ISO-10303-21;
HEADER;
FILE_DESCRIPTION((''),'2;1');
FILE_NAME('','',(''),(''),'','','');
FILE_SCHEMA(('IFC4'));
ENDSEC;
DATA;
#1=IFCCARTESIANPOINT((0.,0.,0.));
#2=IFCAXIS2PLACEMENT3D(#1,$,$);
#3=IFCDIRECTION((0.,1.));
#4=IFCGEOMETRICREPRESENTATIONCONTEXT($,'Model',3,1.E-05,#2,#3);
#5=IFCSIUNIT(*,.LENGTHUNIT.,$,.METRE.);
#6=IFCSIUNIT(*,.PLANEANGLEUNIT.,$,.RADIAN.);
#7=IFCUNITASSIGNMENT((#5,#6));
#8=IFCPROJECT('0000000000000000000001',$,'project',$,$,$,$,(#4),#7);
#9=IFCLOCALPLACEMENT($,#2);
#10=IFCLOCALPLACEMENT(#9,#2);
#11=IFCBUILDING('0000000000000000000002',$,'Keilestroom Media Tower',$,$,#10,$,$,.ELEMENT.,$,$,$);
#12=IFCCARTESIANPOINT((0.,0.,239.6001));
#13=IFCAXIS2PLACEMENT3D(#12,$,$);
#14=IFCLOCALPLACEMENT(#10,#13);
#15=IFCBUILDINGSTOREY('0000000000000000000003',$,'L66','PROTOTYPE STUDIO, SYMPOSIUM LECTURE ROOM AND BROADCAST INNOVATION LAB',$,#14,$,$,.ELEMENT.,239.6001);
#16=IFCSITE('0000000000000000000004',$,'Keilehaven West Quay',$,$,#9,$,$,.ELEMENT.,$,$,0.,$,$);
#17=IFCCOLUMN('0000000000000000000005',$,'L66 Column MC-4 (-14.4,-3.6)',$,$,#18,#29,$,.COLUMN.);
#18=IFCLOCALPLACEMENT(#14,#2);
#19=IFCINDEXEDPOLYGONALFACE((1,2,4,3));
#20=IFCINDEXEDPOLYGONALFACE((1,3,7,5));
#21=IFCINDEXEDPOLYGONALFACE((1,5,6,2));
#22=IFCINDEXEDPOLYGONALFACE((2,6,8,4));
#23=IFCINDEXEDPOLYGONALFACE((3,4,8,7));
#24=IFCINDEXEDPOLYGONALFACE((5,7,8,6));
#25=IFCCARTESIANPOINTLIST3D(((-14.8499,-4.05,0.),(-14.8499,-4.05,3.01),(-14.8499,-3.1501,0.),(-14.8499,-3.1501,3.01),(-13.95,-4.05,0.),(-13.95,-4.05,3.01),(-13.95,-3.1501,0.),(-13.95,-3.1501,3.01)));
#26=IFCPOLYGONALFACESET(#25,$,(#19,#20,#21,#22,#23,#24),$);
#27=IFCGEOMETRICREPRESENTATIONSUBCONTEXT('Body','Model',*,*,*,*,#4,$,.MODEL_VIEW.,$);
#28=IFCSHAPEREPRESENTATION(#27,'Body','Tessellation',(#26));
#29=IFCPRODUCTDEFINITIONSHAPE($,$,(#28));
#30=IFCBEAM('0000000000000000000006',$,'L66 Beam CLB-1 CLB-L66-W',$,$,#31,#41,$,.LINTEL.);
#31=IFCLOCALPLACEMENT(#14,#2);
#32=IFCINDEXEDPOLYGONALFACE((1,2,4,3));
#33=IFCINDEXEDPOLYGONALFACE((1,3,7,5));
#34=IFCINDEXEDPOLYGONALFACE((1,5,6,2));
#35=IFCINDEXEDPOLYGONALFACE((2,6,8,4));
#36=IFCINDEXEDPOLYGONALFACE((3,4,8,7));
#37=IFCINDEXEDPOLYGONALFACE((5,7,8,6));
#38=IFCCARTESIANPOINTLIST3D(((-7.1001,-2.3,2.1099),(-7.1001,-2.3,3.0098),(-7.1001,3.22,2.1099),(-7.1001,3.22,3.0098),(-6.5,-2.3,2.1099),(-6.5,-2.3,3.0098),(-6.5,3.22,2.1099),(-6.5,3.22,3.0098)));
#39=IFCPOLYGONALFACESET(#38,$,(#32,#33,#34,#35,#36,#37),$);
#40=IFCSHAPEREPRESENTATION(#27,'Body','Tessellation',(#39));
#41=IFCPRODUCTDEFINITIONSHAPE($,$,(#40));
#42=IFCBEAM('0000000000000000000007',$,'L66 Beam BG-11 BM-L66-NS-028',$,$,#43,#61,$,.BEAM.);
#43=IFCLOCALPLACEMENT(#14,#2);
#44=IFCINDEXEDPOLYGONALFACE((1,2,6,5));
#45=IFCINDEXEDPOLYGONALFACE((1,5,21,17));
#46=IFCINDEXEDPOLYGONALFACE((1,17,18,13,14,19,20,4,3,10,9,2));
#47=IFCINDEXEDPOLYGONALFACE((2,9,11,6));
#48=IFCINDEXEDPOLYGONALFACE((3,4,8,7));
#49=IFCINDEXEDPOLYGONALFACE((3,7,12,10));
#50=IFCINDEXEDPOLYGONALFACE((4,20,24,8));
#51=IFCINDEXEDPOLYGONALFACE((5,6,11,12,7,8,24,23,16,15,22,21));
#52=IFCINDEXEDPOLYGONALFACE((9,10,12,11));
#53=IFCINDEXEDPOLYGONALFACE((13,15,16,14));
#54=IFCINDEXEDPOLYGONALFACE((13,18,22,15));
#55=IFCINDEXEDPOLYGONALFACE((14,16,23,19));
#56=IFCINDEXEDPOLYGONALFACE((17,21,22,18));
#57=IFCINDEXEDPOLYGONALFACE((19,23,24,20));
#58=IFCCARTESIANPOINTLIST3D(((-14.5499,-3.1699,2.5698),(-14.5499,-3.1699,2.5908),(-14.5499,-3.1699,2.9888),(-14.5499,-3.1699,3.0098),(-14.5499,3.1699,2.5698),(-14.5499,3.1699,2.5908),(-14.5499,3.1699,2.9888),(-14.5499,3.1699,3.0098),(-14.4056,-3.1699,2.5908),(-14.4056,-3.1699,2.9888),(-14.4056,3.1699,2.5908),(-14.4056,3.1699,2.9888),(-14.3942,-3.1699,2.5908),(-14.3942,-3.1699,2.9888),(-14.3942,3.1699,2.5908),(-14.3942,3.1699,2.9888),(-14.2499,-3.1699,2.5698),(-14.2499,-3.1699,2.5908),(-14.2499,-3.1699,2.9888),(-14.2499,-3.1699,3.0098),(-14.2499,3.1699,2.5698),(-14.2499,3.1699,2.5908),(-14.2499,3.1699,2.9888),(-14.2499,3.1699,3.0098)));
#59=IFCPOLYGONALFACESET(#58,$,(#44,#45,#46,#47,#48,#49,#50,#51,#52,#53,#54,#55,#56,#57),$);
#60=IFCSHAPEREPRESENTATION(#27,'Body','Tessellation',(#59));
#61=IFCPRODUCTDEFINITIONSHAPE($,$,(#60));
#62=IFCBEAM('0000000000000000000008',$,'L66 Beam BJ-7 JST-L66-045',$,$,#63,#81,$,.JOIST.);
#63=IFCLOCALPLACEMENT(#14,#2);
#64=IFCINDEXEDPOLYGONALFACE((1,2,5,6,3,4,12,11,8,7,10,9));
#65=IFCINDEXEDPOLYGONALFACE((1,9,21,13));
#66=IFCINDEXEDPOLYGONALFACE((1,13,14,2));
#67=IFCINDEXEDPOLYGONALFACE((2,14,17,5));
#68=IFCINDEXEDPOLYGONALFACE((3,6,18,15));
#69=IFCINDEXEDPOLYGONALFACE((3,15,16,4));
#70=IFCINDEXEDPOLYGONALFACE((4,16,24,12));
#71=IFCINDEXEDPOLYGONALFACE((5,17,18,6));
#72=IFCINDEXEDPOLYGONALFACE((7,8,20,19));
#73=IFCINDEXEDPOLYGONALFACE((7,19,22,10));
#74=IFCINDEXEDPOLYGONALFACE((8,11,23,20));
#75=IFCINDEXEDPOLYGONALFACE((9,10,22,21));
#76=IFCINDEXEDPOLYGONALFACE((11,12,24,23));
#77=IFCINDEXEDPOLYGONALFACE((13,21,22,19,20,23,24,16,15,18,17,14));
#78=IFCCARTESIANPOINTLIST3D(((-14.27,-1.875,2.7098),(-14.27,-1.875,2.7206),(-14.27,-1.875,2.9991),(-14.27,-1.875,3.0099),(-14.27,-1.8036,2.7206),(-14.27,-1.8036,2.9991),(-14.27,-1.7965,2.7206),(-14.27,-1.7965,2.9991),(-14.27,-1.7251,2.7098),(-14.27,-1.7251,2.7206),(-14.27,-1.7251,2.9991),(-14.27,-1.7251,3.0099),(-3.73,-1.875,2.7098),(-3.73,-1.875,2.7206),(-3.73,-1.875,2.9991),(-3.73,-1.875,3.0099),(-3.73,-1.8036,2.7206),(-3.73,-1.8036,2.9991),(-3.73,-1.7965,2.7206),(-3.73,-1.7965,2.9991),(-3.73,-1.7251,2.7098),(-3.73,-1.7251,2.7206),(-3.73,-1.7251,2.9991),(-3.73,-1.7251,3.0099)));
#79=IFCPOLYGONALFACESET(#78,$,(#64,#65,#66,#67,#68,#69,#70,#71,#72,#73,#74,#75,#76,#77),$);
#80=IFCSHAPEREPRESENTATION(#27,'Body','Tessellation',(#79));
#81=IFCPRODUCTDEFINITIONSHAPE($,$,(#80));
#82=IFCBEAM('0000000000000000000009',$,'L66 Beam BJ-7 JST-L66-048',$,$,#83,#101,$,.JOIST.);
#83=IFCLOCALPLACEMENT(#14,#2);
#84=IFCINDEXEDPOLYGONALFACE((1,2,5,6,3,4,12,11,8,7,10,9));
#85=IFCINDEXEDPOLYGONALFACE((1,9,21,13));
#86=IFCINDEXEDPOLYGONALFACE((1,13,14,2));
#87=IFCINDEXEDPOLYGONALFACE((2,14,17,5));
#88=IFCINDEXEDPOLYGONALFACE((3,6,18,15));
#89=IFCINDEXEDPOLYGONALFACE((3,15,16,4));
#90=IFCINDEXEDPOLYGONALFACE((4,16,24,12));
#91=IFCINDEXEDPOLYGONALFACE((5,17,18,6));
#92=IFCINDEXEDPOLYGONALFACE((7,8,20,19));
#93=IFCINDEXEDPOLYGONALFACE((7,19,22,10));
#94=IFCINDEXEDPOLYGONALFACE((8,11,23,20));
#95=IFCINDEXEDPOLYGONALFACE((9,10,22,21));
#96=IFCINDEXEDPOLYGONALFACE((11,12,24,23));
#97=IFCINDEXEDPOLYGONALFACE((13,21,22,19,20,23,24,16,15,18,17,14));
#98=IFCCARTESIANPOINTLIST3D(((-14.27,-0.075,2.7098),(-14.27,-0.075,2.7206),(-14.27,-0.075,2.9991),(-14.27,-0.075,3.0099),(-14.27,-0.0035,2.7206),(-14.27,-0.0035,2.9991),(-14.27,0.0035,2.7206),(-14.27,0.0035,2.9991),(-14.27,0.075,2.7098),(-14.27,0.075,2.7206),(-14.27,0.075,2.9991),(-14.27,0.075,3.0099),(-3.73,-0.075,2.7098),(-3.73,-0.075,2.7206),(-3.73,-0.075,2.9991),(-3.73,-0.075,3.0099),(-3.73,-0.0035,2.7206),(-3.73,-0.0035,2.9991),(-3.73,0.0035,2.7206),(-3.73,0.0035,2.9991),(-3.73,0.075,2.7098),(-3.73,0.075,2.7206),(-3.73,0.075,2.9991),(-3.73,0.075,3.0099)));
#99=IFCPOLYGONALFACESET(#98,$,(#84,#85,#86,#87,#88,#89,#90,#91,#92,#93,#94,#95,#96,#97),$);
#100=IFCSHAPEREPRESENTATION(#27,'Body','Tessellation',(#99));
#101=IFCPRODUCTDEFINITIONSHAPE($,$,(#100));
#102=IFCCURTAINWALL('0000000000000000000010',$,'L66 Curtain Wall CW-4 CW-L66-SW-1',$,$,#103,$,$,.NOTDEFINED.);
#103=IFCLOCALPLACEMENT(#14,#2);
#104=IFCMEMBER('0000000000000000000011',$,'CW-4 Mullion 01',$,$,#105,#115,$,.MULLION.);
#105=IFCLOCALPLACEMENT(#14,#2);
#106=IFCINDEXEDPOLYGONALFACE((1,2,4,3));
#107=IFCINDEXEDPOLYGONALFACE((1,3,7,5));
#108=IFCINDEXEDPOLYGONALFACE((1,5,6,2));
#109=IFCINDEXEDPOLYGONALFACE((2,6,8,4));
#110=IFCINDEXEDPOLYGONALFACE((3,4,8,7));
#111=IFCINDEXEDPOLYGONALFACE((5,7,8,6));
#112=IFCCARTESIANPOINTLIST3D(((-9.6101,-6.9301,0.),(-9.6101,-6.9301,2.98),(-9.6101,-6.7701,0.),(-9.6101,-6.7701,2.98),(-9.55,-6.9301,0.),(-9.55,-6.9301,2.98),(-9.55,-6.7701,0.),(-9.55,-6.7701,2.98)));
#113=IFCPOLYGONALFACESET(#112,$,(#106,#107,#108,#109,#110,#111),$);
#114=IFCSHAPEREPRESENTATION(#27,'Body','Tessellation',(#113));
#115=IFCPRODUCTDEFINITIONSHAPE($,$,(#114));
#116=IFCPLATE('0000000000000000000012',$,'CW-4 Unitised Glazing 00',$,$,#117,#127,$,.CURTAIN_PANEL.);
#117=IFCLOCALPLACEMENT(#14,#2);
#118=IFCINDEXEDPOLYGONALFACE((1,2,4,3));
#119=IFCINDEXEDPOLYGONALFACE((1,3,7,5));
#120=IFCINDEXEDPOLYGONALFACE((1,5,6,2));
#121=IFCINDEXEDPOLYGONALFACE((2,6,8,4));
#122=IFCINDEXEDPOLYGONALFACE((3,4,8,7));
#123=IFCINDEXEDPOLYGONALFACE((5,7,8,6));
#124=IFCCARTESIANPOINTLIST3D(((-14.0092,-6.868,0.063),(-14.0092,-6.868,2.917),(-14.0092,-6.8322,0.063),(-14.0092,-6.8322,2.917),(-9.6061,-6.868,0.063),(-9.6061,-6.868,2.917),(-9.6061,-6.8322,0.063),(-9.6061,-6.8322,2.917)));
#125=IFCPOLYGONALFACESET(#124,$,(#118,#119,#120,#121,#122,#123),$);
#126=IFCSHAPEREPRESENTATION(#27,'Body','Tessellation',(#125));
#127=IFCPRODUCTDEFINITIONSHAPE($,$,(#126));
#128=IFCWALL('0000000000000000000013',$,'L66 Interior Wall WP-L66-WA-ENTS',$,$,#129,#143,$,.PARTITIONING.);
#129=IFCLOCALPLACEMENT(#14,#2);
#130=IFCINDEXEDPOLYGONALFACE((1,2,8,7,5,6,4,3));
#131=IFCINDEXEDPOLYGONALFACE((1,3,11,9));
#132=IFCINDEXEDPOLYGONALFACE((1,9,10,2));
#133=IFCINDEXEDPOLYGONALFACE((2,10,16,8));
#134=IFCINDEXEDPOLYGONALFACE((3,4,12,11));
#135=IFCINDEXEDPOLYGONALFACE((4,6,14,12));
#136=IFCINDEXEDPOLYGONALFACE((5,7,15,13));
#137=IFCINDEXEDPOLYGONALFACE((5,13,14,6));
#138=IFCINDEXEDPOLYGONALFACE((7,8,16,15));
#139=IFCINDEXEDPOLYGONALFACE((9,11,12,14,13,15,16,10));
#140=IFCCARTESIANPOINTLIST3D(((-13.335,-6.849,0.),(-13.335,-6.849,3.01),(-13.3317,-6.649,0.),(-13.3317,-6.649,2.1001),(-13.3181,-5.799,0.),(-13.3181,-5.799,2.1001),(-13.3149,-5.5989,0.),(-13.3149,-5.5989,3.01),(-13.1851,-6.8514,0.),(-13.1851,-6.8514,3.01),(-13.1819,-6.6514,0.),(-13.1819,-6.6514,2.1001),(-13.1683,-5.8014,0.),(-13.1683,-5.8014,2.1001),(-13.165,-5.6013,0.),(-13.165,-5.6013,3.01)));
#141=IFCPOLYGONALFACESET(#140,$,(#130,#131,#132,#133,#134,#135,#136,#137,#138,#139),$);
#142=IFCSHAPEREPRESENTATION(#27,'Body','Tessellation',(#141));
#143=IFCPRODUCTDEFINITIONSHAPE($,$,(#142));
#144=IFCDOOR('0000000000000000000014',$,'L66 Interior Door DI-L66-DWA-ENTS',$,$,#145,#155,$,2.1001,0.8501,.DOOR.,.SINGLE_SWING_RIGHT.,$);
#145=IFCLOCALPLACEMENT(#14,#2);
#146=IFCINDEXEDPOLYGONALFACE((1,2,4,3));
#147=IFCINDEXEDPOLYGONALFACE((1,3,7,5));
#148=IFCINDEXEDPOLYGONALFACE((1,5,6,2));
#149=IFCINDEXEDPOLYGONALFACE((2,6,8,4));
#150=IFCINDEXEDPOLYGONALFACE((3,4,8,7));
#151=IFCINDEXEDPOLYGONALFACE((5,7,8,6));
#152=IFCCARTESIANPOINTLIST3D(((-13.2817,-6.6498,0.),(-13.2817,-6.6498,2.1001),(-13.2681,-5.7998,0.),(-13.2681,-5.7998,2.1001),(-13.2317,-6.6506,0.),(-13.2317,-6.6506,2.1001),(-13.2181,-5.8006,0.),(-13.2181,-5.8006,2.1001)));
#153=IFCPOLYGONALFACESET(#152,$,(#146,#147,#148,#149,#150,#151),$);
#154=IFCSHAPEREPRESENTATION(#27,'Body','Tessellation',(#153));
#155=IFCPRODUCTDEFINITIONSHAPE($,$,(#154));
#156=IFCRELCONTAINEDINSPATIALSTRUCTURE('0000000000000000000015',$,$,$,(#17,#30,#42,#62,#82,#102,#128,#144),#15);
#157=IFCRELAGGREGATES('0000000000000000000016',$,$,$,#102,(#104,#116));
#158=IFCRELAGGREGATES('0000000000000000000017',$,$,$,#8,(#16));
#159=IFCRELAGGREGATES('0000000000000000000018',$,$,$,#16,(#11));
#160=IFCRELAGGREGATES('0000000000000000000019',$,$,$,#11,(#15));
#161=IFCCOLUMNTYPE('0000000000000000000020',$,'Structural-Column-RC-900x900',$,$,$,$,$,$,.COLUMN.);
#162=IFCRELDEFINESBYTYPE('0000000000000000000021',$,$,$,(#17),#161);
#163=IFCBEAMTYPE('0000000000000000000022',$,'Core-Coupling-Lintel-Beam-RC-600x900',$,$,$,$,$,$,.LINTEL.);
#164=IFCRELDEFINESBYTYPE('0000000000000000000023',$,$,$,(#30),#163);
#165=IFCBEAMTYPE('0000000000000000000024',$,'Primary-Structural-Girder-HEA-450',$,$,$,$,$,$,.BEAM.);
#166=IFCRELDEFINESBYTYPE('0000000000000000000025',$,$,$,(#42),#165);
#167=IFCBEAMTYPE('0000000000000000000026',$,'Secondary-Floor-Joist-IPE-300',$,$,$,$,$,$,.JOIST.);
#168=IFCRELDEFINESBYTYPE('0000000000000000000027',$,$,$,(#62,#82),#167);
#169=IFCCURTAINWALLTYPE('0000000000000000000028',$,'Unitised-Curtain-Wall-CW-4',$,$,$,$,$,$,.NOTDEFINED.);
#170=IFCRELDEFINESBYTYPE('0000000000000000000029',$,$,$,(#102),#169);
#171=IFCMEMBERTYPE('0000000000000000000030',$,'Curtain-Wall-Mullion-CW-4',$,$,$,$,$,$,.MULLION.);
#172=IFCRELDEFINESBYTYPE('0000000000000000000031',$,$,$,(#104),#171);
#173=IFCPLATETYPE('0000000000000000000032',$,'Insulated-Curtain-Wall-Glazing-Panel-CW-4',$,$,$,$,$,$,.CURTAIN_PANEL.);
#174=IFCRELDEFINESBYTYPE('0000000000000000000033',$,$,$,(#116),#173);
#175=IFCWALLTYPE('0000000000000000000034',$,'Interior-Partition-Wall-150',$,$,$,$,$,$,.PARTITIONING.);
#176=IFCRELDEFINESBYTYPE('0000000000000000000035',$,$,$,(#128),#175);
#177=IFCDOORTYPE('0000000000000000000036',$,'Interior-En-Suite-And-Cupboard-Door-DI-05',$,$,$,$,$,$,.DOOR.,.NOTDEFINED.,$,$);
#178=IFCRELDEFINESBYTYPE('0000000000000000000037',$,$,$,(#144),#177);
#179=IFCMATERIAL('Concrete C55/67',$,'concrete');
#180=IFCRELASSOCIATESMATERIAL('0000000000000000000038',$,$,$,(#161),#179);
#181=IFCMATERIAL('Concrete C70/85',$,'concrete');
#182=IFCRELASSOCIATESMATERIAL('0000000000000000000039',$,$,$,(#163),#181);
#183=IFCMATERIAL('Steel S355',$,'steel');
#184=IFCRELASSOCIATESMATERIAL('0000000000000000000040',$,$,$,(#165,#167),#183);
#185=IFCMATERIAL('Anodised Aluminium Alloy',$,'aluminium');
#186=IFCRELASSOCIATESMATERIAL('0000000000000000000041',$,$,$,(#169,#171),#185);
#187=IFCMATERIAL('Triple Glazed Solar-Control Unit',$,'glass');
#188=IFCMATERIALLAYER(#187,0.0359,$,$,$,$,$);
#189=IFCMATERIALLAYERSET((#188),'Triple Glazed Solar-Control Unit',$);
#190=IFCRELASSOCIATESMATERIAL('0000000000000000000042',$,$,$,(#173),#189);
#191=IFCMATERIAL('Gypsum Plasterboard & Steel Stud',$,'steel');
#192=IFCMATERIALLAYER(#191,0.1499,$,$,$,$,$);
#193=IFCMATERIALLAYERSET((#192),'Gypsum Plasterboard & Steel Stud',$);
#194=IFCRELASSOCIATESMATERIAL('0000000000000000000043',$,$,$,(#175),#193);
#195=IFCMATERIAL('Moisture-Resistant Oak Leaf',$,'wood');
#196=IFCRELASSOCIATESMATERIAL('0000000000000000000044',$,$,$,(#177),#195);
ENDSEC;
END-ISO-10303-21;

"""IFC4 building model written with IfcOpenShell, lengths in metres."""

from ifc_helpers import new_model, si_unit, direction, frame, frame_2d, origin, origin_2d, place, context, subcontext, project, spatial, rectangle, i_section, extrude, source, transform, mapped, material, layer, layer_set, material_profile, profile_set, type_object, element, fill, aggregate, save


model = new_model("IFC4")

# Units and contexts
model_context = context("Model", 3, precision=1e-05, world=origin(), true_north=direction((0.0, 1.0)))
body_context = subcontext(model_context, "Body", "Model", "MODEL_VIEW")
ifc_project = project(units=[si_unit("LENGTHUNIT", "METRE"), si_unit("PLANEANGLEUNIT", "RADIAN")], contexts=[model_context])

# Site, building, storey
site_placement = place(None, origin())
site = spatial("IfcSite", under=ifc_project, at=site_placement, Name="Keilehaven West Quay", CompositionType="ELEMENT", RefElevation=0.0)
building_placement = place(site_placement, origin())
building = spatial("IfcBuilding", under=site, at=building_placement, Name="Keilestroom Media Tower", CompositionType="ELEMENT")
storey_placement = place(building_placement, frame((0.0, 0.0, 239.6001)))
storey = spatial("IfcBuildingStorey", under=building, at=storey_placement, Name="L66", Description="PROTOTYPE STUDIO, SYMPOSIUM LECTURE ROOM AND BROADCAST INNOVATION LAB", CompositionType="ELEMENT", Elevation=239.6001)

# Column
ifc_material_1 = material(Name="Concrete C55/67", Category="concrete")
ifc_material_profile_1 = material_profile(ifc_material_1, rectangle(XDim=0.8999, YDim=0.8999, at=origin_2d()), Name="RC 900x900")
ifc_profile_set_1 = profile_set([ifc_material_profile_1], Name="Concrete C55/67")
column_type = type_object("IfcColumnType", Name="Structural-Column-RC-900x900", PredefinedType="COLUMN", material=ifc_profile_set_1)
shared_shape_1 = source(origin(), body_context, "Body", "SweptSolid", [
    extrude(rectangle(XDim=0.8999, YDim=0.8999, at=origin_2d()), origin(), (0.0, 0.0, 1.0), 3.01),
])
column_placement = place(storey_placement, frame((-14.3999, -3.6001, 0.0), z_axis=(0.0, 0.0, 1.0), x_axis=(1.0, 0.0, 0.0)))
element("IfcColumn", 1, at=column_placement, inside=storey, type_object=column_type, Name="L66 Column MC-4 (-14.4,-3.6)", PredefinedType="COLUMN", context=body_context, shape_type="MappedRepresentation", body=[
    mapped(shared_shape_1, transform((0.0, 0.0, 0.0), x_axis=(1.0, 0.0, 0.0), y_axis=(0.0, 1.0, 0.0), z_axis=(0.0, 0.0, 1.0), scale=1.0)),
])

# Beams
ifc_material_2 = material(Name="Concrete C70/85", Category="concrete")
ifc_material_profile_2 = material_profile(ifc_material_2, rectangle(XDim=0.6001, YDim=0.8999, at=origin_2d()), Name="RC 600x900")
ifc_profile_set_2 = profile_set([ifc_material_profile_2], Name="Concrete C70/85")
beam_type_1 = type_object("IfcBeamType", Name="Core-Coupling-Lintel-Beam-RC-600x900", PredefinedType="LINTEL", material=ifc_profile_set_2)
shared_shape_2 = source(origin(), body_context, "Body", "SweptSolid", [
    extrude(rectangle(XDim=0.6001, YDim=0.8999, at=origin_2d()), origin(), (0.0, 0.0, 1.0), 5.52),
])
beam_1_placement = place(storey_placement, frame((-6.8, -2.3, 2.5598), z_axis=(0.0, 1.0, 0.0), x_axis=(-1.0, 0.0, 0.0)))
element("IfcBeam", 2, at=beam_1_placement, inside=storey, type_object=beam_type_1, Name="L66 Beam CLB-1 CLB-L66-W", PredefinedType="LINTEL", context=body_context, shape_type="MappedRepresentation", body=[
    mapped(shared_shape_2, transform((0.0, 0.0, 0.0), x_axis=(1.0, 0.0, 0.0), y_axis=(0.0, 1.0, 0.0), z_axis=(0.0, 0.0, 1.0), scale=1.0)),
])
ifc_material_3 = material(Name="Steel S355", Category="steel")
ifc_material_profile_3 = material_profile(ifc_material_3, i_section(OverallWidth=0.3, OverallDepth=0.4399, WebThickness=0.0115, FlangeThickness=0.021, at=origin_2d()), Name="HEA 450")
ifc_profile_set_3 = profile_set([ifc_material_profile_3], Name="Steel S355")
beam_type_2 = type_object("IfcBeamType", Name="Primary-Structural-Girder-HEA-450", PredefinedType="BEAM", material=ifc_profile_set_3)
shared_shape_3 = source(origin(), body_context, "Body", "SweptSolid", [
    extrude(i_section(OverallWidth=0.3, OverallDepth=0.4399, WebThickness=0.0115, FlangeThickness=0.021, at=origin_2d()), origin(), (0.0, 0.0, 1.0), 6.3398),
])
beam_2_placement = place(storey_placement, frame((-14.3999, -3.1699, 2.7898), z_axis=(0.0, 1.0, 0.0), x_axis=(-1.0, 0.0, 0.0)))
element("IfcBeam", 3, at=beam_2_placement, inside=storey, type_object=beam_type_2, Name="L66 Beam BG-11 BM-L66-NS-028", PredefinedType="BEAM", context=body_context, shape_type="MappedRepresentation", body=[
    mapped(shared_shape_3, transform((0.0, 0.0, 0.0), x_axis=(1.0, 0.0, 0.0), y_axis=(0.0, 1.0, 0.0), z_axis=(0.0, 0.0, 1.0), scale=1.0)),
])
ifc_material_profile_4 = material_profile(ifc_material_3, i_section(OverallWidth=0.1499, OverallDepth=0.3, WebThickness=0.0071, FlangeThickness=0.0107, at=origin_2d()), Name="IPE 300")
ifc_profile_set_4 = profile_set([ifc_material_profile_4], Name="Steel S355")
beam_type_3 = type_object("IfcBeamType", Name="Secondary-Floor-Joist-IPE-300", PredefinedType="JOIST", material=ifc_profile_set_4)
shared_shape_4 = source(origin(), body_context, "Body", "SweptSolid", [
    extrude(i_section(OverallWidth=0.1499, OverallDepth=0.3, WebThickness=0.0071, FlangeThickness=0.0107, at=origin_2d()), origin(), (0.0, 0.0, 1.0), 10.54),
])
for number, where, z_axis, x_axis, name in (
    (4, (-14.27, -1.8, 2.8599), (1.0, 0.0, 0.0), (0.0, 1.0, 0.0), "L66 Beam BJ-7 JST-L66-045"),
    (5, (-14.27, 0.0, 2.8599), (1.0, 0.0, 0.0), (0.0, 1.0, 0.0), "L66 Beam BJ-7 JST-L66-048"),
):
    element("IfcBeam", number, at=place(storey_placement, frame(where, z_axis=z_axis, x_axis=x_axis)), inside=storey, type_object=beam_type_3, Name=name, PredefinedType="JOIST", context=body_context, shape_type="MappedRepresentation", body=[
        mapped(shared_shape_4, transform((0.0, 0.0, 0.0), x_axis=(1.0, 0.0, 0.0), y_axis=(0.0, 1.0, 0.0), z_axis=(0.0, 0.0, 1.0), scale=1.0)),
    ])

# Curtain wall, member, plate
ifc_material_4 = material(Name="Anodised Aluminium Alloy", Category="aluminium")
curtain_wall_type = type_object("IfcCurtainWallType", Name="Unitised-Curtain-Wall-CW-4", PredefinedType="NOTDEFINED", material=ifc_material_4)
curtain_wall_placement = place(storey_placement, origin())
curtain_wall = element("IfcCurtainWall", 6, at=curtain_wall_placement, inside=storey, type_object=curtain_wall_type, Name="L66 Curtain Wall CW-4 CW-L66-SW-1", PredefinedType="NOTDEFINED")
ifc_material_profile_5 = material_profile(ifc_material_4, rectangle(XDim=0.0601, YDim=0.1599, at=origin_2d()), Name="ALU MULLION 60x160")
ifc_profile_set_5 = profile_set([ifc_material_profile_5], Name="Anodised Aluminium Alloy")
member_type = type_object("IfcMemberType", Name="Curtain-Wall-Mullion-CW-4", PredefinedType="MULLION", material=ifc_profile_set_5)
shared_shape_5 = source(origin(), body_context, "Body", "SweptSolid", [
    extrude(rectangle(XDim=0.0601, YDim=0.1599, at=origin_2d()), origin(), (0.0, 0.0, 1.0), 2.98),
])
member_placement = place(storey_placement, frame((-9.5801, -6.8501, 0.0), z_axis=(0.0, 0.0, 1.0), x_axis=(1.0, 0.0, 0.0)))
member = element("IfcMember", 7, at=member_placement, type_object=member_type, Name="CW-4 Mullion 01", PredefinedType="MULLION", context=body_context, shape_type="MappedRepresentation", body=[
    mapped(shared_shape_5, transform((0.0, 0.0, 0.0), x_axis=(1.0, 0.0, 0.0), y_axis=(0.0, 1.0, 0.0), z_axis=(0.0, 0.0, 1.0), scale=1.0)),
])
ifc_material_5 = material(Name="Triple Glazed Solar-Control Unit", Category="glass")
ifc_layer_1 = layer(ifc_material_5, 0.0359)
ifc_layer_set_1 = layer_set([ifc_layer_1], Name="Triple Glazed Solar-Control Unit")
plate_type = type_object("IfcPlateType", Name="Insulated-Curtain-Wall-Glazing-Panel-CW-4", PredefinedType="CURTAIN_PANEL", material=ifc_layer_set_1)
shared_shape_6 = source(origin(), body_context, "Body", "SweptSolid", [
    extrude(rectangle(XDim=4.4031, YDim=0.0359, at=origin_2d()), origin(), (0.0, 0.0, 1.0), 2.854),
])
plate_placement = place(storey_placement, frame((-11.8076, -6.8501, 0.063), z_axis=(0.0, 0.0, 1.0), x_axis=(1.0, 0.0, 0.0)))
plate = element("IfcPlate", 8, at=plate_placement, type_object=plate_type, Name="CW-4 Unitised Glazing 00", PredefinedType="CURTAIN_PANEL", context=body_context, shape_type="MappedRepresentation", body=[
    mapped(shared_shape_6, transform((0.0, 0.0, 0.0), x_axis=(1.0, 0.0, 0.0), y_axis=(0.0, 1.0, 0.0), z_axis=(0.0, 0.0, 1.0), scale=1.0)),
])
aggregate(curtain_wall, [member, plate])

# Wall, opening, door
ifc_material_6 = material(Name="Gypsum Plasterboard & Steel Stud", Category="steel")
ifc_layer_2 = layer(ifc_material_6, 0.1499)
ifc_layer_set_2 = layer_set([ifc_layer_2], Name="Gypsum Plasterboard & Steel Stud")
wall_type_1 = type_object("IfcWallType", Name="Interior-Partition-Wall-150", PredefinedType="PARTITIONING", material=ifc_layer_set_2)
wall_1_placement = place(storey_placement, frame((-13.26, -6.8501, 0.0), z_axis=(0.0, 0.0, 1.0), x_axis=(0.016014, 0.999872, 0.0)))
wall_1 = element("IfcWall", 9, at=wall_1_placement, inside=storey, type_object=wall_type_1, Name="L66 Interior Wall WP-L66-WA-ENTS", PredefinedType="PARTITIONING", context=body_context, shape_type="SweptSolid", body=[
    extrude(rectangle(XDim=1.2502, YDim=0.1499, at=frame_2d((0.625, 0.0))), origin(), (0.0, 0.0, 1.0), 3.01),
])
opening_1_placement = place(wall_1_placement, frame((0.2, 0.0, 0.0)))
opening_1 = element("IfcOpeningElement", 10, at=opening_1_placement, cuts=wall_1, PredefinedType="OPENING", context=body_context, shape_type="SweptSolid", body=[
    extrude(rectangle(XDim=0.8501, YDim=2.1001, at=frame_2d((0.425, 1.05))), frame((0.0, 0.085, 0.0), z_axis=(0.0, -1.0, 0.0), x_axis=(1.0, 0.0, 0.0)), (0.0, 0.0, 1.0), 0.1699),
])
ifc_material_7 = material(Name="Moisture-Resistant Oak Leaf", Category="wood")
door_type_1 = type_object("IfcDoorType", Name="Interior-En-Suite-And-Cupboard-Door-DI-05", OperationType="NOTDEFINED", PredefinedType="DOOR", material=ifc_material_7)
shared_shape_7 = source(origin(), body_context, "Body", "SweptSolid", [
    extrude(rectangle(XDim=0.8501, YDim=2.1001, at=frame_2d((0.425, 1.05))), frame((0.0, 0.0249, 0.0), z_axis=(0.0, -1.0, 0.0), x_axis=(1.0, 0.0, 0.0)), (0.0, 0.0, 1.0), 0.05),
])
door_1_placement = place(opening_1_placement, origin())
door_1 = element("IfcDoor", 11, at=door_1_placement, inside=storey, type_object=door_type_1, Name="L66 Interior Door DI-L66-DWA-ENTS", OperationType="SINGLE_SWING_RIGHT", OverallHeight=2.1001, OverallWidth=0.8501, PredefinedType="DOOR", context=body_context, shape_type="MappedRepresentation", body=[
    mapped(shared_shape_7, transform((0.0, 0.0, 0.0), x_axis=(1.0, 0.0, 0.0), y_axis=(0.0, 1.0, 0.0), z_axis=(0.0, 0.0, 1.0), scale=1.0)),
])
fill(opening_1, door_1)

save(model, "model.ifc")
